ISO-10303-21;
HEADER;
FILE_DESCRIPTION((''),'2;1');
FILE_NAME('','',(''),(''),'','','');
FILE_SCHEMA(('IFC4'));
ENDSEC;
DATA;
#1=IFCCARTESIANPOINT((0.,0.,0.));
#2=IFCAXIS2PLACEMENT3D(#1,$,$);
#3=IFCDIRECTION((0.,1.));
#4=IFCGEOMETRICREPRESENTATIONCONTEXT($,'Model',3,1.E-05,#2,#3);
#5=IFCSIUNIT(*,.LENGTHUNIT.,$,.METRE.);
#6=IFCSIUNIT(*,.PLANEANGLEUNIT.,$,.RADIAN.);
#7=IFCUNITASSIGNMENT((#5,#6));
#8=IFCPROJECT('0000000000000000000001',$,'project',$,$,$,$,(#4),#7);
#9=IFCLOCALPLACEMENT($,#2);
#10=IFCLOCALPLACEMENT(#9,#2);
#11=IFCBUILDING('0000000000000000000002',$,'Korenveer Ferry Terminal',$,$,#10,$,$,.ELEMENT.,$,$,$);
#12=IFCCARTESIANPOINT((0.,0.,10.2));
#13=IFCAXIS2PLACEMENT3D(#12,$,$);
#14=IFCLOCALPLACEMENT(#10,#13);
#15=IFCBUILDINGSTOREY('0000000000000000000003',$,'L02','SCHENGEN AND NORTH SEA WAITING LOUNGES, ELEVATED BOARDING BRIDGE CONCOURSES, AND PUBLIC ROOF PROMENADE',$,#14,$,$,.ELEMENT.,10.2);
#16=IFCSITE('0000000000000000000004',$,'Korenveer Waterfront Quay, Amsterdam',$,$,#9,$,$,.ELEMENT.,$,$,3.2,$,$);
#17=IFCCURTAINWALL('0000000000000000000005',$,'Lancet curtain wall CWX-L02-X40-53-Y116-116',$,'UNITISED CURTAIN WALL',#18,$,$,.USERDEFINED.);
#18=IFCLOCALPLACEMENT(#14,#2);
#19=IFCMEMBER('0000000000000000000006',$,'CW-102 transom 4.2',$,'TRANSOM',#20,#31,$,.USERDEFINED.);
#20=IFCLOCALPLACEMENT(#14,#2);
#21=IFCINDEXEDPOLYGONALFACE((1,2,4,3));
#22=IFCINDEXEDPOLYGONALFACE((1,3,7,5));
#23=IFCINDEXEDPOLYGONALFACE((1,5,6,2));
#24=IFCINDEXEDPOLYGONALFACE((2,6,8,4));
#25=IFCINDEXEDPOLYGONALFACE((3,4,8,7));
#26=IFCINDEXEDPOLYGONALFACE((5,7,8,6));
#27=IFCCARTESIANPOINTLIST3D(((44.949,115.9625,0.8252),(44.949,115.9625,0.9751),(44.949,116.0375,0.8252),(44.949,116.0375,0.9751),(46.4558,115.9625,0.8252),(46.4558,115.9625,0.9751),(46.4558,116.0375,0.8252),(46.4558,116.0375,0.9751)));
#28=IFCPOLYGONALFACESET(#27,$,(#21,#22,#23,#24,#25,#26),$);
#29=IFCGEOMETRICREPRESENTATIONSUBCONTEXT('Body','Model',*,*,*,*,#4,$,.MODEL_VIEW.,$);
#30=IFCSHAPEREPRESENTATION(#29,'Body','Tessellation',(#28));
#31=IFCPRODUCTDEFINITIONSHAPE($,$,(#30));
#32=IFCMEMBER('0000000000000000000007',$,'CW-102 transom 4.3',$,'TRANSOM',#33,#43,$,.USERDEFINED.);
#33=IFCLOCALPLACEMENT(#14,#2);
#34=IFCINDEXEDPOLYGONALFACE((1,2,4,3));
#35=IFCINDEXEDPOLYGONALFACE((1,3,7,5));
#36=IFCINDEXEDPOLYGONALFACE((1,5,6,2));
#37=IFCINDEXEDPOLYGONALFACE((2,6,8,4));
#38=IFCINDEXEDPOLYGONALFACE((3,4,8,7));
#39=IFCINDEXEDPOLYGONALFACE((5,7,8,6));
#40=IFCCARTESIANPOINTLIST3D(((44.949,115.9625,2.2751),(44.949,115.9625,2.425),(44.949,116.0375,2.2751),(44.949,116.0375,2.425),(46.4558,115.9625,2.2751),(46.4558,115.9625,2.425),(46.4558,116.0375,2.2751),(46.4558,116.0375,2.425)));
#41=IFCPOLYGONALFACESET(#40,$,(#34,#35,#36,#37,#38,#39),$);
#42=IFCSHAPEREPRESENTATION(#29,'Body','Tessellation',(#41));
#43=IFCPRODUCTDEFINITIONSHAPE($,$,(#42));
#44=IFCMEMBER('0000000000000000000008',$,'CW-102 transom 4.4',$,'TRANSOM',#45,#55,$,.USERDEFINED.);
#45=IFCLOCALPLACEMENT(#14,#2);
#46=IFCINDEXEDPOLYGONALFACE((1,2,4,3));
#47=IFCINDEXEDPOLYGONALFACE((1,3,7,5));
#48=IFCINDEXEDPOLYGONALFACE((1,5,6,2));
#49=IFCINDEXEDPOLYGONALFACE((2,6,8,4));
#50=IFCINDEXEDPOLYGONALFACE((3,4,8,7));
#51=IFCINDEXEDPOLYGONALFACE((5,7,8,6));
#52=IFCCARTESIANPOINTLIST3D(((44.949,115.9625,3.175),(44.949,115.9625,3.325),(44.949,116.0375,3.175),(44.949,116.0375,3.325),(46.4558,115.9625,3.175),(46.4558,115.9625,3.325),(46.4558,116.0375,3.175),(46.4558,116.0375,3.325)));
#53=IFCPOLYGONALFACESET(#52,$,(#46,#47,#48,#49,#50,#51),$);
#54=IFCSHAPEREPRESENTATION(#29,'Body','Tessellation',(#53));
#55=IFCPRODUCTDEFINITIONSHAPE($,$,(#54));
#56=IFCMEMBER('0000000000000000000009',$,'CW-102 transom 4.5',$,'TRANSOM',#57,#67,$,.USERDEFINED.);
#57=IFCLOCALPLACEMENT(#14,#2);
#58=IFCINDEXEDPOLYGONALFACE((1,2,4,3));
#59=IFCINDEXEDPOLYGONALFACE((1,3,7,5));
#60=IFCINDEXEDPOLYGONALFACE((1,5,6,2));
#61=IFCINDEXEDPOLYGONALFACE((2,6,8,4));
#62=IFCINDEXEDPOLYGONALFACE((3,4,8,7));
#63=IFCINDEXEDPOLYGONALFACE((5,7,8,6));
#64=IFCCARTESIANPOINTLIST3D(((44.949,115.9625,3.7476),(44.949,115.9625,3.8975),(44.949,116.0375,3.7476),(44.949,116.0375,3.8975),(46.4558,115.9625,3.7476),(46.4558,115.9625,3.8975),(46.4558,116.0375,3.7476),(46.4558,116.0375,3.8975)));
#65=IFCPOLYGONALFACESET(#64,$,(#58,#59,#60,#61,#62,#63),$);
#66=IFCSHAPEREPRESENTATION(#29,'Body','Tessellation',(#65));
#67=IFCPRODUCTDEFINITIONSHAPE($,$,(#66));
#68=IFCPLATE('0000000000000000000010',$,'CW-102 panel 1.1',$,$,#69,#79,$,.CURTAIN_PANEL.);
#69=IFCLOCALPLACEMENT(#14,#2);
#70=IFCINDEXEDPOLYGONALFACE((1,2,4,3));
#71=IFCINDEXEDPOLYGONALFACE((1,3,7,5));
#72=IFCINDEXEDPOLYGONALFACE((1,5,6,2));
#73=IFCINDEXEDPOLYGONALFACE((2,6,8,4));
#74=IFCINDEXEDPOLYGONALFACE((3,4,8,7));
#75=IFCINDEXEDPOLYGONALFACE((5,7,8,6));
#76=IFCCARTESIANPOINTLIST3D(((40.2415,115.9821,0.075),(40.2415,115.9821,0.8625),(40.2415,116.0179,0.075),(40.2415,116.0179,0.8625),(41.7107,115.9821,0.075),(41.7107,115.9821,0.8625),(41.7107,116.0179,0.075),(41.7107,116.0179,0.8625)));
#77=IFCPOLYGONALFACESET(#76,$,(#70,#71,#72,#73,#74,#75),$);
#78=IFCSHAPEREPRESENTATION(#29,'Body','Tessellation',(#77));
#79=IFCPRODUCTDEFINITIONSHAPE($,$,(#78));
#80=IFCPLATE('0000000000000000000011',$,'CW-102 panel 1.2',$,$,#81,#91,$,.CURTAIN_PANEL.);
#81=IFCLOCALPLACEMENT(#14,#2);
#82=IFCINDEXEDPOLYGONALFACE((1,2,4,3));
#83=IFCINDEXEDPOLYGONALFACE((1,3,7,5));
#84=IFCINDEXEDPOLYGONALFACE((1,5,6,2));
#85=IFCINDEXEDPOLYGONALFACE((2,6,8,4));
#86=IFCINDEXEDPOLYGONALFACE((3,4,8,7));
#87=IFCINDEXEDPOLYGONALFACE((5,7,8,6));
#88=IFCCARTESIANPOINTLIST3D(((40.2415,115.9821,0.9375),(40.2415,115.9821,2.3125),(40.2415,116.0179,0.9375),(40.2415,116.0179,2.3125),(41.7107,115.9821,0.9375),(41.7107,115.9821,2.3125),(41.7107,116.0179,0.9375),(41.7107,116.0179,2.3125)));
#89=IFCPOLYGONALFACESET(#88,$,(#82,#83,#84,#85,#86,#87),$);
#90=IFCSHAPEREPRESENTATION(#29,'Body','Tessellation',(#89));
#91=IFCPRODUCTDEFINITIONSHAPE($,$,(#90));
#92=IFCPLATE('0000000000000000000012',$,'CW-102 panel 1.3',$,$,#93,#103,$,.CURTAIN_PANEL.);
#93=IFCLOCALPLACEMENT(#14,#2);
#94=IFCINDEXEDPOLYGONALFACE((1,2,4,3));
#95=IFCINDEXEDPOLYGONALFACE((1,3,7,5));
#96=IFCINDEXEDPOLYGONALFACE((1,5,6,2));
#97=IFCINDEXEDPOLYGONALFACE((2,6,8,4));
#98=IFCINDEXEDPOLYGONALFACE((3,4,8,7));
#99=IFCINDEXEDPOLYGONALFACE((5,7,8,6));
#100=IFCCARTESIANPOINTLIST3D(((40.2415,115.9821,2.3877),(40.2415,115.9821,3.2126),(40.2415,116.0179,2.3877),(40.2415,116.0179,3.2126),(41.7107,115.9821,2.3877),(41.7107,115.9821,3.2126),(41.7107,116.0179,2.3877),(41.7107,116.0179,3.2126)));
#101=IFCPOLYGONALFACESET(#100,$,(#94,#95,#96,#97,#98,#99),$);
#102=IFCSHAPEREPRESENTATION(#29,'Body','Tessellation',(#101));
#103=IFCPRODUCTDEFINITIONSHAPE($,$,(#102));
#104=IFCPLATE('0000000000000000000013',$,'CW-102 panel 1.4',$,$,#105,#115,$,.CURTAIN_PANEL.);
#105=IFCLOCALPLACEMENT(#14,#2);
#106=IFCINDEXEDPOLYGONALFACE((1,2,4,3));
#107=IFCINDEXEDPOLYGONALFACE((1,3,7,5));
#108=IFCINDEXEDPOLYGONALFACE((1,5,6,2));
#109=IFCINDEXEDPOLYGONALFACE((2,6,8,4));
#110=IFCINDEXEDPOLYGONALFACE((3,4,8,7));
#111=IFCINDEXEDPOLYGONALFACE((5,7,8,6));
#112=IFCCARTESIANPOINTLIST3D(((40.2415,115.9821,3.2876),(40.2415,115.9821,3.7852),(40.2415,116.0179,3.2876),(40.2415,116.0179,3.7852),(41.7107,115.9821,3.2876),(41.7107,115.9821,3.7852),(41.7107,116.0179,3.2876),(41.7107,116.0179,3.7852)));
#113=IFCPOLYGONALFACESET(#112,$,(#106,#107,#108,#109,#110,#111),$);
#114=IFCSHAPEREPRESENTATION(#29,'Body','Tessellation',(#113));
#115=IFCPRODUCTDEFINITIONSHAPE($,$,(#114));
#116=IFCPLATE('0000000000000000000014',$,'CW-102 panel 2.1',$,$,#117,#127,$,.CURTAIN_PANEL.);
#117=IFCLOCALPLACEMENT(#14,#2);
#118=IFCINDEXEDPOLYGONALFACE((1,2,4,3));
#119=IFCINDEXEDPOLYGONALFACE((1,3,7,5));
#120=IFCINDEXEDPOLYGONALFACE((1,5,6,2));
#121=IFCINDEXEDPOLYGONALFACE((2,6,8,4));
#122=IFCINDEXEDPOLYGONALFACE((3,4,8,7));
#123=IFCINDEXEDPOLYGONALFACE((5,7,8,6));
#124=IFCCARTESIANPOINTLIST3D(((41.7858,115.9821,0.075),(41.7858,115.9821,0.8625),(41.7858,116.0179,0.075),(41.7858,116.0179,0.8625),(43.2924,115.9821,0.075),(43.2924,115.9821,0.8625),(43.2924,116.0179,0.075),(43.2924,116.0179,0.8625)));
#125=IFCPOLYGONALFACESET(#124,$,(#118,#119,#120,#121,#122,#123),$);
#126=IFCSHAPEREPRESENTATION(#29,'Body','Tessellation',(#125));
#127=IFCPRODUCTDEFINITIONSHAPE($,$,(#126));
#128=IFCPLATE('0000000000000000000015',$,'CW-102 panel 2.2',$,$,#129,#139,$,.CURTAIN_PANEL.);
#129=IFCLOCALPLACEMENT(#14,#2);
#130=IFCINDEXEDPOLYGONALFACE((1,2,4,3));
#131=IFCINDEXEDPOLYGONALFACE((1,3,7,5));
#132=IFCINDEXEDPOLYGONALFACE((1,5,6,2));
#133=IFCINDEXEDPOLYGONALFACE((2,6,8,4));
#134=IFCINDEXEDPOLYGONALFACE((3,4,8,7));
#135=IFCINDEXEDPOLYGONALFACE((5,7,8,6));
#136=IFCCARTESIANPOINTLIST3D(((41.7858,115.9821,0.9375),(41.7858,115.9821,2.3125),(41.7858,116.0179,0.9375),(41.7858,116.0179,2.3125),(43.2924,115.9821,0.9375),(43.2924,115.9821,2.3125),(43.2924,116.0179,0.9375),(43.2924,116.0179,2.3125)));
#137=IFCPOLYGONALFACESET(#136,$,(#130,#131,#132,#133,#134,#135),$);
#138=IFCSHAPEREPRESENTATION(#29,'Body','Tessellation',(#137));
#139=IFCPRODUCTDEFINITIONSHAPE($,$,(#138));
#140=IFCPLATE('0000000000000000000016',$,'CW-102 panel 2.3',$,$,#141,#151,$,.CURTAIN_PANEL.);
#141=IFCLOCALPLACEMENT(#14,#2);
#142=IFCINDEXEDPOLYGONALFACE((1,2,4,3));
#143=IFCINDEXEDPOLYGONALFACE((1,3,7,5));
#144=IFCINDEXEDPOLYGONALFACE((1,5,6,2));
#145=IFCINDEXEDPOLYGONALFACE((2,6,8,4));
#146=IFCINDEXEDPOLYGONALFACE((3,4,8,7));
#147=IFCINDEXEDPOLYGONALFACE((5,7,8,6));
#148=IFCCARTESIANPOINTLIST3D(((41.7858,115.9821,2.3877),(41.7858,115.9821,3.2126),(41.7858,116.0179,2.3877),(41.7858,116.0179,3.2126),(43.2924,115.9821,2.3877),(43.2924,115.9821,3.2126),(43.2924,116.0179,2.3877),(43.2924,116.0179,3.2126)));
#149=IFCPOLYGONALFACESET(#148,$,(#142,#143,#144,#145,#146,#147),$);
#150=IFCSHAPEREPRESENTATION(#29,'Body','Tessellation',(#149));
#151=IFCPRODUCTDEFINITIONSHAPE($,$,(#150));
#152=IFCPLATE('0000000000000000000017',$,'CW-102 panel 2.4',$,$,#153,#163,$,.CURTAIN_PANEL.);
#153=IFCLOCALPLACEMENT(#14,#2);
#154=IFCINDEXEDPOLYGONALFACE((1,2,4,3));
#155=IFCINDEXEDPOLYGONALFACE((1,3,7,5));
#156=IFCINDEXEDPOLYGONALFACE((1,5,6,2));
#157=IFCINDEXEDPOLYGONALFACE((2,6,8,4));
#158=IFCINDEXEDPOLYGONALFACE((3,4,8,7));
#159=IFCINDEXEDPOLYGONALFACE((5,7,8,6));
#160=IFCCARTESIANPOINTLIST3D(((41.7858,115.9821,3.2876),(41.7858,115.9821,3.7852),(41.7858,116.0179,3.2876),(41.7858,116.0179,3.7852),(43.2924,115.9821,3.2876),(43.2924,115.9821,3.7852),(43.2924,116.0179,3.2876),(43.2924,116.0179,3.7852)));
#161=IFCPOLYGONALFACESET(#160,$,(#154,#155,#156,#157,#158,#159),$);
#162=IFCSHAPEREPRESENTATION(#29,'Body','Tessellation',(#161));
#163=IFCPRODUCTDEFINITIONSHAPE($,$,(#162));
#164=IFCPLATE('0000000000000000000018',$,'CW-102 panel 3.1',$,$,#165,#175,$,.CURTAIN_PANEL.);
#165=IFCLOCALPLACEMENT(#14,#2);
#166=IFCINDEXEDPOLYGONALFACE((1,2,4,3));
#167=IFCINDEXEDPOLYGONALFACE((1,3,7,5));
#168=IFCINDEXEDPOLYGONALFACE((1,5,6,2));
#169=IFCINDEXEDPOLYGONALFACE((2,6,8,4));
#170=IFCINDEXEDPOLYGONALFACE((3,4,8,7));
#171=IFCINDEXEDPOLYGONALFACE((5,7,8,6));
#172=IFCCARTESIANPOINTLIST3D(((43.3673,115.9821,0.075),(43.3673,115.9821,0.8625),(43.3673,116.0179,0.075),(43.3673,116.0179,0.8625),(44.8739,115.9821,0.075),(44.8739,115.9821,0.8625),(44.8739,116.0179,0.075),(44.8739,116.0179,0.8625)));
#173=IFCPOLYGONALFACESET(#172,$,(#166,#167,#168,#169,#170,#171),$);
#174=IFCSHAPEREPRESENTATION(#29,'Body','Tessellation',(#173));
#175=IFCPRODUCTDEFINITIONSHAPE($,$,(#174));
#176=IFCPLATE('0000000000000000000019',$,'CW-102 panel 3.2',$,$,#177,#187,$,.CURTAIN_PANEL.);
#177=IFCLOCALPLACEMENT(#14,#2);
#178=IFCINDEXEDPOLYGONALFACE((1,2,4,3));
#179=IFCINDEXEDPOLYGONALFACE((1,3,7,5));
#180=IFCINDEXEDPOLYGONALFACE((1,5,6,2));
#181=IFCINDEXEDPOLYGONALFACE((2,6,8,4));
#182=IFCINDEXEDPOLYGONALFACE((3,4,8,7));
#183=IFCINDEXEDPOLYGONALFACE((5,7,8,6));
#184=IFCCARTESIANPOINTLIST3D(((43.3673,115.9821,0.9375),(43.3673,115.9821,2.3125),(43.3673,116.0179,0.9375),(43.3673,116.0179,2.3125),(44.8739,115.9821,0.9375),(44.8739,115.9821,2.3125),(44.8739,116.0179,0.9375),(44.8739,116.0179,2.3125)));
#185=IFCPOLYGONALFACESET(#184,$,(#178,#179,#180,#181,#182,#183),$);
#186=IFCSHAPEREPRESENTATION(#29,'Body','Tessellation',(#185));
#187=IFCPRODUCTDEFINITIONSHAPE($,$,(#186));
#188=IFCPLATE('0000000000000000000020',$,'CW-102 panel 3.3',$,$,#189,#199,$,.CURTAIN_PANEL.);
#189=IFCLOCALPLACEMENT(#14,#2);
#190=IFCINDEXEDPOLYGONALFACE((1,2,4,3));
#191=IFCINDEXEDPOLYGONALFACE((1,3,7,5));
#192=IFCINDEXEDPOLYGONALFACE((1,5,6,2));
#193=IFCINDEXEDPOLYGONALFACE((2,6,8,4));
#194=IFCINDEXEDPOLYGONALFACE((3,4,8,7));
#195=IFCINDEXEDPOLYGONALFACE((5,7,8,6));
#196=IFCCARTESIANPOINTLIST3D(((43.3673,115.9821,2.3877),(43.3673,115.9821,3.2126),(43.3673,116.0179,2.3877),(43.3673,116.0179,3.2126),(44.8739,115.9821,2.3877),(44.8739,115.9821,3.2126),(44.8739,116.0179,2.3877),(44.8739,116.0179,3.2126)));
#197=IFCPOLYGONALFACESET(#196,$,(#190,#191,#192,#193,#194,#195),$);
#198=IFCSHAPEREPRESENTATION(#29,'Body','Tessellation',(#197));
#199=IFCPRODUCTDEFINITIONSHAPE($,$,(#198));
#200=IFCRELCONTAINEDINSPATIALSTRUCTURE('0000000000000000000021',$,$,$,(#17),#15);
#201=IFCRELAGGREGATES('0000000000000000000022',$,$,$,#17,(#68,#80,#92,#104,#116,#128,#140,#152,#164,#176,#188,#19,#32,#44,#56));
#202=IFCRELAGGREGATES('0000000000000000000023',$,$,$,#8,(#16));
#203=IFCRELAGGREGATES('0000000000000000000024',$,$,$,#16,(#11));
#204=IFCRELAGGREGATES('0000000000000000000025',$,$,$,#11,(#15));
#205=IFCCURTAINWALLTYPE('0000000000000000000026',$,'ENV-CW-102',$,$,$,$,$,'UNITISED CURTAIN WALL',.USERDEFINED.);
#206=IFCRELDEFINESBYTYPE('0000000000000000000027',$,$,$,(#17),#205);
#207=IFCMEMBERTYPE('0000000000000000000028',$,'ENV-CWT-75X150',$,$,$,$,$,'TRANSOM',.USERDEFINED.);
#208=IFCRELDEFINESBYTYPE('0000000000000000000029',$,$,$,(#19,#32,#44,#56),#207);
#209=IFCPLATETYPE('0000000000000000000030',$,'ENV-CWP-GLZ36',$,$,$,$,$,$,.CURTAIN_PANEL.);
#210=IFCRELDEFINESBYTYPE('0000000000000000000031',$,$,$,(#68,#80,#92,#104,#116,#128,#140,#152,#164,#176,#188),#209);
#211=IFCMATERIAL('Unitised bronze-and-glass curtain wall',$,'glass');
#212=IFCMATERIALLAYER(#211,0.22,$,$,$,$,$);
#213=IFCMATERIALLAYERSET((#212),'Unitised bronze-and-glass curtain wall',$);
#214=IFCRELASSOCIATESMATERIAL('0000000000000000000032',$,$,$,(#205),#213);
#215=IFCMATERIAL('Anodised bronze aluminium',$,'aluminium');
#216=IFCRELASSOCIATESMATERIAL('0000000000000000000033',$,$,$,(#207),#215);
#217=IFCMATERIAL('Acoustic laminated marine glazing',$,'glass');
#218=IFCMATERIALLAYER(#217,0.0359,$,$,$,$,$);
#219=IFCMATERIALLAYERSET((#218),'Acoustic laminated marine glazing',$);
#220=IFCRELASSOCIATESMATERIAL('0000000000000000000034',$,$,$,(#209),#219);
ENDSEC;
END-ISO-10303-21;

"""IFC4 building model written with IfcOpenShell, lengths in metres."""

from ifc_helpers import new_model, si_unit, direction, frame, origin, origin_2d, place, context, subcontext, project, spatial, rectangle, extrude, material, layer, layer_set, material_profile, profile_set, type_object, element, aggregate, save


model = new_model("IFC4")

# Units and contexts
model_context = context("Model", 3, precision=1e-05, world=origin(), true_north=direction((0.0, 1.0)))
body_context = subcontext(model_context, "Body", "Model", "MODEL_VIEW")
ifc_project = project(units=[si_unit("LENGTHUNIT", "METRE"), si_unit("PLANEANGLEUNIT", "RADIAN")], contexts=[model_context])

# Site, building, storey
site_placement = place(None, origin())
site = spatial("IfcSite", under=ifc_project, at=site_placement, Name="Korenveer Waterfront Quay, Amsterdam", CompositionType="ELEMENT", RefElevation=3.2)
building_placement = place(site_placement, origin())
building = spatial("IfcBuilding", under=site, at=building_placement, Name="Korenveer Ferry Terminal", CompositionType="ELEMENT")
storey_placement = place(building_placement, frame((0.0, 0.0, 10.2)))
storey = spatial("IfcBuildingStorey", under=building, at=storey_placement, Name="L02", Description="SCHENGEN AND NORTH SEA WAITING LOUNGES, ELEVATED BOARDING BRIDGE CONCOURSES, AND PUBLIC ROOF PROMENADE", CompositionType="ELEMENT", Elevation=10.2)

# Curtain wall, members, plates
ifc_material_1 = material(Name="Unitised bronze-and-glass curtain wall", Category="glass")
ifc_layer_1 = layer(ifc_material_1, 0.22)
ifc_layer_set_1 = layer_set([ifc_layer_1], Name="Unitised bronze-and-glass curtain wall")
curtain_wall_type = type_object("IfcCurtainWallType", Name="ENV-CW-102", ElementType="UNITISED CURTAIN WALL", PredefinedType="USERDEFINED", material=ifc_layer_set_1)
curtain_wall_placement = place(storey_placement, frame((40.1665, 116.0, 0.0)))
curtain_wall = element("IfcCurtainWall", 1, at=curtain_wall_placement, inside=storey, type_object=curtain_wall_type, Name="Lancet curtain wall CWX-L02-X40-53-Y116-116", ObjectType="UNITISED CURTAIN WALL", PredefinedType="USERDEFINED")
ifc_material_2 = material(Name="Anodised bronze aluminium", Category="aluminium")
ifc_material_profile_1 = material_profile(ifc_material_2, rectangle(XDim=0.075, YDim=0.1499, at=origin_2d()), Name="ALU 75x150")
ifc_profile_set_1 = profile_set([ifc_material_profile_1], Name="Anodised bronze aluminium")
member_type_1 = type_object("IfcMemberType", Name="ENV-CWT-75X150", ElementType="TRANSOM", PredefinedType="USERDEFINED", material=ifc_profile_set_1)
member_1_placement = place(storey_placement, frame((44.949, 116.0, 0.9001), z_axis=(1.0, 0.0, 0.0), x_axis=(0.0, 1.0, 0.0)))
member_1 = element("IfcMember", 2, at=member_1_placement, type_object=member_type_1, Name="CW-102 transom 4.2", ObjectType="TRANSOM", PredefinedType="USERDEFINED", context=body_context, shape_type="SweptSolid", body=[
    extrude(rectangle(XDim=0.075, YDim=0.1499, at=origin_2d()), origin(), (0.0, 0.0, 1.0), 1.5068),
])
member_2_placement = place(storey_placement, frame((44.949, 116.0, 2.3501), z_axis=(1.0, 0.0, 0.0), x_axis=(0.0, 1.0, 0.0)))
member_2 = element("IfcMember", 3, at=member_2_placement, type_object=member_type_1, Name="CW-102 transom 4.3", ObjectType="TRANSOM", PredefinedType="USERDEFINED", context=body_context, shape_type="SweptSolid", body=[
    extrude(rectangle(XDim=0.075, YDim=0.1499, at=origin_2d()), origin(), (0.0, 0.0, 1.0), 1.5068),
])
member_3_placement = place(storey_placement, frame((44.949, 116.0, 3.25), z_axis=(1.0, 0.0, 0.0), x_axis=(0.0, 1.0, 0.0)))
member_3 = element("IfcMember", 4, at=member_3_placement, type_object=member_type_1, Name="CW-102 transom 4.4", ObjectType="TRANSOM", PredefinedType="USERDEFINED", context=body_context, shape_type="SweptSolid", body=[
    extrude(rectangle(XDim=0.075, YDim=0.1499, at=origin_2d()), origin(), (0.0, 0.0, 1.0), 1.5068),
])
member_4_placement = place(storey_placement, frame((44.949, 116.0, 3.8225), z_axis=(1.0, 0.0, 0.0), x_axis=(0.0, 1.0, 0.0)))
member_4 = element("IfcMember", 5, at=member_4_placement, type_object=member_type_1, Name="CW-102 transom 4.5", ObjectType="TRANSOM", PredefinedType="USERDEFINED", context=body_context, shape_type="SweptSolid", body=[
    extrude(rectangle(XDim=0.075, YDim=0.1499, at=origin_2d()), origin(), (0.0, 0.0, 1.0), 1.5068),
])
ifc_material_3 = material(Name="Acoustic laminated marine glazing", Category="glass")
ifc_layer_2 = layer(ifc_material_3, 0.0359)
ifc_layer_set_2 = layer_set([ifc_layer_2], Name="Acoustic laminated marine glazing")
plate_type = type_object("IfcPlateType", Name="ENV-CWP-GLZ36", PredefinedType="CURTAIN_PANEL", material=ifc_layer_set_2)
plate_1_placement = place(storey_placement, frame((40.9761, 116.0, 0.075), z_axis=(0.0, 0.0, 1.0), x_axis=(1.0, 0.0, 0.0)))
plate_1 = element("IfcPlate", 6, at=plate_1_placement, type_object=plate_type, Name="CW-102 panel 1.1", PredefinedType="CURTAIN_PANEL", context=body_context, shape_type="SweptSolid", body=[
    extrude(rectangle(XDim=1.4692, YDim=0.0359, at=origin_2d()), origin(), (0.0, 0.0, 1.0), 0.7876),
])
plate_2_placement = place(storey_placement, frame((40.9761, 116.0, 0.9375), z_axis=(0.0, 0.0, 1.0), x_axis=(1.0, 0.0, 0.0)))
plate_2 = element("IfcPlate", 7, at=plate_2_placement, type_object=plate_type, Name="CW-102 panel 1.2", PredefinedType="CURTAIN_PANEL", context=body_context, shape_type="SweptSolid", body=[
    extrude(rectangle(XDim=1.4692, YDim=0.0359, at=origin_2d()), origin(), (0.0, 0.0, 1.0), 1.375),
])
plate_3_placement = place(storey_placement, frame((40.9761, 116.0, 2.3877), z_axis=(0.0, 0.0, 1.0), x_axis=(1.0, 0.0, 0.0)))
plate_3 = element("IfcPlate", 8, at=plate_3_placement, type_object=plate_type, Name="CW-102 panel 1.3", PredefinedType="CURTAIN_PANEL", context=body_context, shape_type="SweptSolid", body=[
    extrude(rectangle(XDim=1.4692, YDim=0.0359, at=origin_2d()), origin(), (0.0, 0.0, 1.0), 0.825),
])
plate_4_placement = place(storey_placement, frame((40.9761, 116.0, 3.2876), z_axis=(0.0, 0.0, 1.0), x_axis=(1.0, 0.0, 0.0)))
plate_4 = element("IfcPlate", 9, at=plate_4_placement, type_object=plate_type, Name="CW-102 panel 1.4", PredefinedType="CURTAIN_PANEL", context=body_context, shape_type="SweptSolid", body=[
    extrude(rectangle(XDim=1.4692, YDim=0.0359, at=origin_2d()), origin(), (0.0, 0.0, 1.0), 0.4976),
])
plate_5_placement = place(storey_placement, frame((42.5391, 116.0, 0.075), z_axis=(0.0, 0.0, 1.0), x_axis=(1.0, 0.0, 0.0)))
plate_5 = element("IfcPlate", 10, at=plate_5_placement, type_object=plate_type, Name="CW-102 panel 2.1", PredefinedType="CURTAIN_PANEL", context=body_context, shape_type="SweptSolid", body=[
    extrude(rectangle(XDim=1.5066, YDim=0.0359, at=origin_2d()), origin(), (0.0, 0.0, 1.0), 0.7876),
])
plate_6_placement = place(storey_placement, frame((42.5391, 116.0, 0.9375), z_axis=(0.0, 0.0, 1.0), x_axis=(1.0, 0.0, 0.0)))
plate_6 = element("IfcPlate", 11, at=plate_6_placement, type_object=plate_type, Name="CW-102 panel 2.2", PredefinedType="CURTAIN_PANEL", context=body_context, shape_type="SweptSolid", body=[
    extrude(rectangle(XDim=1.5066, YDim=0.0359, at=origin_2d()), origin(), (0.0, 0.0, 1.0), 1.375),
])
plate_7_placement = place(storey_placement, frame((42.5391, 116.0, 2.3877), z_axis=(0.0, 0.0, 1.0), x_axis=(1.0, 0.0, 0.0)))
plate_7 = element("IfcPlate", 12, at=plate_7_placement, type_object=plate_type, Name="CW-102 panel 2.3", PredefinedType="CURTAIN_PANEL", context=body_context, shape_type="SweptSolid", body=[
    extrude(rectangle(XDim=1.5066, YDim=0.0359, at=origin_2d()), origin(), (0.0, 0.0, 1.0), 0.825),
])
plate_8_placement = place(storey_placement, frame((42.5391, 116.0, 3.2876), z_axis=(0.0, 0.0, 1.0), x_axis=(1.0, 0.0, 0.0)))
plate_8 = element("IfcPlate", 13, at=plate_8_placement, type_object=plate_type, Name="CW-102 panel 2.4", PredefinedType="CURTAIN_PANEL", context=body_context, shape_type="SweptSolid", body=[
    extrude(rectangle(XDim=1.5066, YDim=0.0359, at=origin_2d()), origin(), (0.0, 0.0, 1.0), 0.4976),
])
plate_9_placement = place(storey_placement, frame((44.1206, 116.0, 0.075), z_axis=(0.0, 0.0, 1.0), x_axis=(1.0, 0.0, 0.0)))
plate_9 = element("IfcPlate", 14, at=plate_9_placement, type_object=plate_type, Name="CW-102 panel 3.1", PredefinedType="CURTAIN_PANEL", context=body_context, shape_type="SweptSolid", body=[
    extrude(rectangle(XDim=1.5066, YDim=0.0359, at=origin_2d()), origin(), (0.0, 0.0, 1.0), 0.7876),
])
plate_10_placement = place(storey_placement, frame((44.1206, 116.0, 0.9375), z_axis=(0.0, 0.0, 1.0), x_axis=(1.0, 0.0, 0.0)))
plate_10 = element("IfcPlate", 15, at=plate_10_placement, type_object=plate_type, Name="CW-102 panel 3.2", PredefinedType="CURTAIN_PANEL", context=body_context, shape_type="SweptSolid", body=[
    extrude(rectangle(XDim=1.5066, YDim=0.0359, at=origin_2d()), origin(), (0.0, 0.0, 1.0), 1.375),
])
plate_11_placement = place(storey_placement, frame((44.1206, 116.0, 2.3877), z_axis=(0.0, 0.0, 1.0), x_axis=(1.0, 0.0, 0.0)))
plate_11 = element("IfcPlate", 16, at=plate_11_placement, type_object=plate_type, Name="CW-102 panel 3.3", PredefinedType="CURTAIN_PANEL", context=body_context, shape_type="SweptSolid", body=[
    extrude(rectangle(XDim=1.5066, YDim=0.0359, at=origin_2d()), origin(), (0.0, 0.0, 1.0), 0.825),
])
aggregate(curtain_wall, [plate_1, plate_2, plate_3, plate_4, plate_5, plate_6, plate_7, plate_8, plate_9, plate_10, plate_11, member_1, member_2, member_3, member_4])

save(model, "model.ifc")
